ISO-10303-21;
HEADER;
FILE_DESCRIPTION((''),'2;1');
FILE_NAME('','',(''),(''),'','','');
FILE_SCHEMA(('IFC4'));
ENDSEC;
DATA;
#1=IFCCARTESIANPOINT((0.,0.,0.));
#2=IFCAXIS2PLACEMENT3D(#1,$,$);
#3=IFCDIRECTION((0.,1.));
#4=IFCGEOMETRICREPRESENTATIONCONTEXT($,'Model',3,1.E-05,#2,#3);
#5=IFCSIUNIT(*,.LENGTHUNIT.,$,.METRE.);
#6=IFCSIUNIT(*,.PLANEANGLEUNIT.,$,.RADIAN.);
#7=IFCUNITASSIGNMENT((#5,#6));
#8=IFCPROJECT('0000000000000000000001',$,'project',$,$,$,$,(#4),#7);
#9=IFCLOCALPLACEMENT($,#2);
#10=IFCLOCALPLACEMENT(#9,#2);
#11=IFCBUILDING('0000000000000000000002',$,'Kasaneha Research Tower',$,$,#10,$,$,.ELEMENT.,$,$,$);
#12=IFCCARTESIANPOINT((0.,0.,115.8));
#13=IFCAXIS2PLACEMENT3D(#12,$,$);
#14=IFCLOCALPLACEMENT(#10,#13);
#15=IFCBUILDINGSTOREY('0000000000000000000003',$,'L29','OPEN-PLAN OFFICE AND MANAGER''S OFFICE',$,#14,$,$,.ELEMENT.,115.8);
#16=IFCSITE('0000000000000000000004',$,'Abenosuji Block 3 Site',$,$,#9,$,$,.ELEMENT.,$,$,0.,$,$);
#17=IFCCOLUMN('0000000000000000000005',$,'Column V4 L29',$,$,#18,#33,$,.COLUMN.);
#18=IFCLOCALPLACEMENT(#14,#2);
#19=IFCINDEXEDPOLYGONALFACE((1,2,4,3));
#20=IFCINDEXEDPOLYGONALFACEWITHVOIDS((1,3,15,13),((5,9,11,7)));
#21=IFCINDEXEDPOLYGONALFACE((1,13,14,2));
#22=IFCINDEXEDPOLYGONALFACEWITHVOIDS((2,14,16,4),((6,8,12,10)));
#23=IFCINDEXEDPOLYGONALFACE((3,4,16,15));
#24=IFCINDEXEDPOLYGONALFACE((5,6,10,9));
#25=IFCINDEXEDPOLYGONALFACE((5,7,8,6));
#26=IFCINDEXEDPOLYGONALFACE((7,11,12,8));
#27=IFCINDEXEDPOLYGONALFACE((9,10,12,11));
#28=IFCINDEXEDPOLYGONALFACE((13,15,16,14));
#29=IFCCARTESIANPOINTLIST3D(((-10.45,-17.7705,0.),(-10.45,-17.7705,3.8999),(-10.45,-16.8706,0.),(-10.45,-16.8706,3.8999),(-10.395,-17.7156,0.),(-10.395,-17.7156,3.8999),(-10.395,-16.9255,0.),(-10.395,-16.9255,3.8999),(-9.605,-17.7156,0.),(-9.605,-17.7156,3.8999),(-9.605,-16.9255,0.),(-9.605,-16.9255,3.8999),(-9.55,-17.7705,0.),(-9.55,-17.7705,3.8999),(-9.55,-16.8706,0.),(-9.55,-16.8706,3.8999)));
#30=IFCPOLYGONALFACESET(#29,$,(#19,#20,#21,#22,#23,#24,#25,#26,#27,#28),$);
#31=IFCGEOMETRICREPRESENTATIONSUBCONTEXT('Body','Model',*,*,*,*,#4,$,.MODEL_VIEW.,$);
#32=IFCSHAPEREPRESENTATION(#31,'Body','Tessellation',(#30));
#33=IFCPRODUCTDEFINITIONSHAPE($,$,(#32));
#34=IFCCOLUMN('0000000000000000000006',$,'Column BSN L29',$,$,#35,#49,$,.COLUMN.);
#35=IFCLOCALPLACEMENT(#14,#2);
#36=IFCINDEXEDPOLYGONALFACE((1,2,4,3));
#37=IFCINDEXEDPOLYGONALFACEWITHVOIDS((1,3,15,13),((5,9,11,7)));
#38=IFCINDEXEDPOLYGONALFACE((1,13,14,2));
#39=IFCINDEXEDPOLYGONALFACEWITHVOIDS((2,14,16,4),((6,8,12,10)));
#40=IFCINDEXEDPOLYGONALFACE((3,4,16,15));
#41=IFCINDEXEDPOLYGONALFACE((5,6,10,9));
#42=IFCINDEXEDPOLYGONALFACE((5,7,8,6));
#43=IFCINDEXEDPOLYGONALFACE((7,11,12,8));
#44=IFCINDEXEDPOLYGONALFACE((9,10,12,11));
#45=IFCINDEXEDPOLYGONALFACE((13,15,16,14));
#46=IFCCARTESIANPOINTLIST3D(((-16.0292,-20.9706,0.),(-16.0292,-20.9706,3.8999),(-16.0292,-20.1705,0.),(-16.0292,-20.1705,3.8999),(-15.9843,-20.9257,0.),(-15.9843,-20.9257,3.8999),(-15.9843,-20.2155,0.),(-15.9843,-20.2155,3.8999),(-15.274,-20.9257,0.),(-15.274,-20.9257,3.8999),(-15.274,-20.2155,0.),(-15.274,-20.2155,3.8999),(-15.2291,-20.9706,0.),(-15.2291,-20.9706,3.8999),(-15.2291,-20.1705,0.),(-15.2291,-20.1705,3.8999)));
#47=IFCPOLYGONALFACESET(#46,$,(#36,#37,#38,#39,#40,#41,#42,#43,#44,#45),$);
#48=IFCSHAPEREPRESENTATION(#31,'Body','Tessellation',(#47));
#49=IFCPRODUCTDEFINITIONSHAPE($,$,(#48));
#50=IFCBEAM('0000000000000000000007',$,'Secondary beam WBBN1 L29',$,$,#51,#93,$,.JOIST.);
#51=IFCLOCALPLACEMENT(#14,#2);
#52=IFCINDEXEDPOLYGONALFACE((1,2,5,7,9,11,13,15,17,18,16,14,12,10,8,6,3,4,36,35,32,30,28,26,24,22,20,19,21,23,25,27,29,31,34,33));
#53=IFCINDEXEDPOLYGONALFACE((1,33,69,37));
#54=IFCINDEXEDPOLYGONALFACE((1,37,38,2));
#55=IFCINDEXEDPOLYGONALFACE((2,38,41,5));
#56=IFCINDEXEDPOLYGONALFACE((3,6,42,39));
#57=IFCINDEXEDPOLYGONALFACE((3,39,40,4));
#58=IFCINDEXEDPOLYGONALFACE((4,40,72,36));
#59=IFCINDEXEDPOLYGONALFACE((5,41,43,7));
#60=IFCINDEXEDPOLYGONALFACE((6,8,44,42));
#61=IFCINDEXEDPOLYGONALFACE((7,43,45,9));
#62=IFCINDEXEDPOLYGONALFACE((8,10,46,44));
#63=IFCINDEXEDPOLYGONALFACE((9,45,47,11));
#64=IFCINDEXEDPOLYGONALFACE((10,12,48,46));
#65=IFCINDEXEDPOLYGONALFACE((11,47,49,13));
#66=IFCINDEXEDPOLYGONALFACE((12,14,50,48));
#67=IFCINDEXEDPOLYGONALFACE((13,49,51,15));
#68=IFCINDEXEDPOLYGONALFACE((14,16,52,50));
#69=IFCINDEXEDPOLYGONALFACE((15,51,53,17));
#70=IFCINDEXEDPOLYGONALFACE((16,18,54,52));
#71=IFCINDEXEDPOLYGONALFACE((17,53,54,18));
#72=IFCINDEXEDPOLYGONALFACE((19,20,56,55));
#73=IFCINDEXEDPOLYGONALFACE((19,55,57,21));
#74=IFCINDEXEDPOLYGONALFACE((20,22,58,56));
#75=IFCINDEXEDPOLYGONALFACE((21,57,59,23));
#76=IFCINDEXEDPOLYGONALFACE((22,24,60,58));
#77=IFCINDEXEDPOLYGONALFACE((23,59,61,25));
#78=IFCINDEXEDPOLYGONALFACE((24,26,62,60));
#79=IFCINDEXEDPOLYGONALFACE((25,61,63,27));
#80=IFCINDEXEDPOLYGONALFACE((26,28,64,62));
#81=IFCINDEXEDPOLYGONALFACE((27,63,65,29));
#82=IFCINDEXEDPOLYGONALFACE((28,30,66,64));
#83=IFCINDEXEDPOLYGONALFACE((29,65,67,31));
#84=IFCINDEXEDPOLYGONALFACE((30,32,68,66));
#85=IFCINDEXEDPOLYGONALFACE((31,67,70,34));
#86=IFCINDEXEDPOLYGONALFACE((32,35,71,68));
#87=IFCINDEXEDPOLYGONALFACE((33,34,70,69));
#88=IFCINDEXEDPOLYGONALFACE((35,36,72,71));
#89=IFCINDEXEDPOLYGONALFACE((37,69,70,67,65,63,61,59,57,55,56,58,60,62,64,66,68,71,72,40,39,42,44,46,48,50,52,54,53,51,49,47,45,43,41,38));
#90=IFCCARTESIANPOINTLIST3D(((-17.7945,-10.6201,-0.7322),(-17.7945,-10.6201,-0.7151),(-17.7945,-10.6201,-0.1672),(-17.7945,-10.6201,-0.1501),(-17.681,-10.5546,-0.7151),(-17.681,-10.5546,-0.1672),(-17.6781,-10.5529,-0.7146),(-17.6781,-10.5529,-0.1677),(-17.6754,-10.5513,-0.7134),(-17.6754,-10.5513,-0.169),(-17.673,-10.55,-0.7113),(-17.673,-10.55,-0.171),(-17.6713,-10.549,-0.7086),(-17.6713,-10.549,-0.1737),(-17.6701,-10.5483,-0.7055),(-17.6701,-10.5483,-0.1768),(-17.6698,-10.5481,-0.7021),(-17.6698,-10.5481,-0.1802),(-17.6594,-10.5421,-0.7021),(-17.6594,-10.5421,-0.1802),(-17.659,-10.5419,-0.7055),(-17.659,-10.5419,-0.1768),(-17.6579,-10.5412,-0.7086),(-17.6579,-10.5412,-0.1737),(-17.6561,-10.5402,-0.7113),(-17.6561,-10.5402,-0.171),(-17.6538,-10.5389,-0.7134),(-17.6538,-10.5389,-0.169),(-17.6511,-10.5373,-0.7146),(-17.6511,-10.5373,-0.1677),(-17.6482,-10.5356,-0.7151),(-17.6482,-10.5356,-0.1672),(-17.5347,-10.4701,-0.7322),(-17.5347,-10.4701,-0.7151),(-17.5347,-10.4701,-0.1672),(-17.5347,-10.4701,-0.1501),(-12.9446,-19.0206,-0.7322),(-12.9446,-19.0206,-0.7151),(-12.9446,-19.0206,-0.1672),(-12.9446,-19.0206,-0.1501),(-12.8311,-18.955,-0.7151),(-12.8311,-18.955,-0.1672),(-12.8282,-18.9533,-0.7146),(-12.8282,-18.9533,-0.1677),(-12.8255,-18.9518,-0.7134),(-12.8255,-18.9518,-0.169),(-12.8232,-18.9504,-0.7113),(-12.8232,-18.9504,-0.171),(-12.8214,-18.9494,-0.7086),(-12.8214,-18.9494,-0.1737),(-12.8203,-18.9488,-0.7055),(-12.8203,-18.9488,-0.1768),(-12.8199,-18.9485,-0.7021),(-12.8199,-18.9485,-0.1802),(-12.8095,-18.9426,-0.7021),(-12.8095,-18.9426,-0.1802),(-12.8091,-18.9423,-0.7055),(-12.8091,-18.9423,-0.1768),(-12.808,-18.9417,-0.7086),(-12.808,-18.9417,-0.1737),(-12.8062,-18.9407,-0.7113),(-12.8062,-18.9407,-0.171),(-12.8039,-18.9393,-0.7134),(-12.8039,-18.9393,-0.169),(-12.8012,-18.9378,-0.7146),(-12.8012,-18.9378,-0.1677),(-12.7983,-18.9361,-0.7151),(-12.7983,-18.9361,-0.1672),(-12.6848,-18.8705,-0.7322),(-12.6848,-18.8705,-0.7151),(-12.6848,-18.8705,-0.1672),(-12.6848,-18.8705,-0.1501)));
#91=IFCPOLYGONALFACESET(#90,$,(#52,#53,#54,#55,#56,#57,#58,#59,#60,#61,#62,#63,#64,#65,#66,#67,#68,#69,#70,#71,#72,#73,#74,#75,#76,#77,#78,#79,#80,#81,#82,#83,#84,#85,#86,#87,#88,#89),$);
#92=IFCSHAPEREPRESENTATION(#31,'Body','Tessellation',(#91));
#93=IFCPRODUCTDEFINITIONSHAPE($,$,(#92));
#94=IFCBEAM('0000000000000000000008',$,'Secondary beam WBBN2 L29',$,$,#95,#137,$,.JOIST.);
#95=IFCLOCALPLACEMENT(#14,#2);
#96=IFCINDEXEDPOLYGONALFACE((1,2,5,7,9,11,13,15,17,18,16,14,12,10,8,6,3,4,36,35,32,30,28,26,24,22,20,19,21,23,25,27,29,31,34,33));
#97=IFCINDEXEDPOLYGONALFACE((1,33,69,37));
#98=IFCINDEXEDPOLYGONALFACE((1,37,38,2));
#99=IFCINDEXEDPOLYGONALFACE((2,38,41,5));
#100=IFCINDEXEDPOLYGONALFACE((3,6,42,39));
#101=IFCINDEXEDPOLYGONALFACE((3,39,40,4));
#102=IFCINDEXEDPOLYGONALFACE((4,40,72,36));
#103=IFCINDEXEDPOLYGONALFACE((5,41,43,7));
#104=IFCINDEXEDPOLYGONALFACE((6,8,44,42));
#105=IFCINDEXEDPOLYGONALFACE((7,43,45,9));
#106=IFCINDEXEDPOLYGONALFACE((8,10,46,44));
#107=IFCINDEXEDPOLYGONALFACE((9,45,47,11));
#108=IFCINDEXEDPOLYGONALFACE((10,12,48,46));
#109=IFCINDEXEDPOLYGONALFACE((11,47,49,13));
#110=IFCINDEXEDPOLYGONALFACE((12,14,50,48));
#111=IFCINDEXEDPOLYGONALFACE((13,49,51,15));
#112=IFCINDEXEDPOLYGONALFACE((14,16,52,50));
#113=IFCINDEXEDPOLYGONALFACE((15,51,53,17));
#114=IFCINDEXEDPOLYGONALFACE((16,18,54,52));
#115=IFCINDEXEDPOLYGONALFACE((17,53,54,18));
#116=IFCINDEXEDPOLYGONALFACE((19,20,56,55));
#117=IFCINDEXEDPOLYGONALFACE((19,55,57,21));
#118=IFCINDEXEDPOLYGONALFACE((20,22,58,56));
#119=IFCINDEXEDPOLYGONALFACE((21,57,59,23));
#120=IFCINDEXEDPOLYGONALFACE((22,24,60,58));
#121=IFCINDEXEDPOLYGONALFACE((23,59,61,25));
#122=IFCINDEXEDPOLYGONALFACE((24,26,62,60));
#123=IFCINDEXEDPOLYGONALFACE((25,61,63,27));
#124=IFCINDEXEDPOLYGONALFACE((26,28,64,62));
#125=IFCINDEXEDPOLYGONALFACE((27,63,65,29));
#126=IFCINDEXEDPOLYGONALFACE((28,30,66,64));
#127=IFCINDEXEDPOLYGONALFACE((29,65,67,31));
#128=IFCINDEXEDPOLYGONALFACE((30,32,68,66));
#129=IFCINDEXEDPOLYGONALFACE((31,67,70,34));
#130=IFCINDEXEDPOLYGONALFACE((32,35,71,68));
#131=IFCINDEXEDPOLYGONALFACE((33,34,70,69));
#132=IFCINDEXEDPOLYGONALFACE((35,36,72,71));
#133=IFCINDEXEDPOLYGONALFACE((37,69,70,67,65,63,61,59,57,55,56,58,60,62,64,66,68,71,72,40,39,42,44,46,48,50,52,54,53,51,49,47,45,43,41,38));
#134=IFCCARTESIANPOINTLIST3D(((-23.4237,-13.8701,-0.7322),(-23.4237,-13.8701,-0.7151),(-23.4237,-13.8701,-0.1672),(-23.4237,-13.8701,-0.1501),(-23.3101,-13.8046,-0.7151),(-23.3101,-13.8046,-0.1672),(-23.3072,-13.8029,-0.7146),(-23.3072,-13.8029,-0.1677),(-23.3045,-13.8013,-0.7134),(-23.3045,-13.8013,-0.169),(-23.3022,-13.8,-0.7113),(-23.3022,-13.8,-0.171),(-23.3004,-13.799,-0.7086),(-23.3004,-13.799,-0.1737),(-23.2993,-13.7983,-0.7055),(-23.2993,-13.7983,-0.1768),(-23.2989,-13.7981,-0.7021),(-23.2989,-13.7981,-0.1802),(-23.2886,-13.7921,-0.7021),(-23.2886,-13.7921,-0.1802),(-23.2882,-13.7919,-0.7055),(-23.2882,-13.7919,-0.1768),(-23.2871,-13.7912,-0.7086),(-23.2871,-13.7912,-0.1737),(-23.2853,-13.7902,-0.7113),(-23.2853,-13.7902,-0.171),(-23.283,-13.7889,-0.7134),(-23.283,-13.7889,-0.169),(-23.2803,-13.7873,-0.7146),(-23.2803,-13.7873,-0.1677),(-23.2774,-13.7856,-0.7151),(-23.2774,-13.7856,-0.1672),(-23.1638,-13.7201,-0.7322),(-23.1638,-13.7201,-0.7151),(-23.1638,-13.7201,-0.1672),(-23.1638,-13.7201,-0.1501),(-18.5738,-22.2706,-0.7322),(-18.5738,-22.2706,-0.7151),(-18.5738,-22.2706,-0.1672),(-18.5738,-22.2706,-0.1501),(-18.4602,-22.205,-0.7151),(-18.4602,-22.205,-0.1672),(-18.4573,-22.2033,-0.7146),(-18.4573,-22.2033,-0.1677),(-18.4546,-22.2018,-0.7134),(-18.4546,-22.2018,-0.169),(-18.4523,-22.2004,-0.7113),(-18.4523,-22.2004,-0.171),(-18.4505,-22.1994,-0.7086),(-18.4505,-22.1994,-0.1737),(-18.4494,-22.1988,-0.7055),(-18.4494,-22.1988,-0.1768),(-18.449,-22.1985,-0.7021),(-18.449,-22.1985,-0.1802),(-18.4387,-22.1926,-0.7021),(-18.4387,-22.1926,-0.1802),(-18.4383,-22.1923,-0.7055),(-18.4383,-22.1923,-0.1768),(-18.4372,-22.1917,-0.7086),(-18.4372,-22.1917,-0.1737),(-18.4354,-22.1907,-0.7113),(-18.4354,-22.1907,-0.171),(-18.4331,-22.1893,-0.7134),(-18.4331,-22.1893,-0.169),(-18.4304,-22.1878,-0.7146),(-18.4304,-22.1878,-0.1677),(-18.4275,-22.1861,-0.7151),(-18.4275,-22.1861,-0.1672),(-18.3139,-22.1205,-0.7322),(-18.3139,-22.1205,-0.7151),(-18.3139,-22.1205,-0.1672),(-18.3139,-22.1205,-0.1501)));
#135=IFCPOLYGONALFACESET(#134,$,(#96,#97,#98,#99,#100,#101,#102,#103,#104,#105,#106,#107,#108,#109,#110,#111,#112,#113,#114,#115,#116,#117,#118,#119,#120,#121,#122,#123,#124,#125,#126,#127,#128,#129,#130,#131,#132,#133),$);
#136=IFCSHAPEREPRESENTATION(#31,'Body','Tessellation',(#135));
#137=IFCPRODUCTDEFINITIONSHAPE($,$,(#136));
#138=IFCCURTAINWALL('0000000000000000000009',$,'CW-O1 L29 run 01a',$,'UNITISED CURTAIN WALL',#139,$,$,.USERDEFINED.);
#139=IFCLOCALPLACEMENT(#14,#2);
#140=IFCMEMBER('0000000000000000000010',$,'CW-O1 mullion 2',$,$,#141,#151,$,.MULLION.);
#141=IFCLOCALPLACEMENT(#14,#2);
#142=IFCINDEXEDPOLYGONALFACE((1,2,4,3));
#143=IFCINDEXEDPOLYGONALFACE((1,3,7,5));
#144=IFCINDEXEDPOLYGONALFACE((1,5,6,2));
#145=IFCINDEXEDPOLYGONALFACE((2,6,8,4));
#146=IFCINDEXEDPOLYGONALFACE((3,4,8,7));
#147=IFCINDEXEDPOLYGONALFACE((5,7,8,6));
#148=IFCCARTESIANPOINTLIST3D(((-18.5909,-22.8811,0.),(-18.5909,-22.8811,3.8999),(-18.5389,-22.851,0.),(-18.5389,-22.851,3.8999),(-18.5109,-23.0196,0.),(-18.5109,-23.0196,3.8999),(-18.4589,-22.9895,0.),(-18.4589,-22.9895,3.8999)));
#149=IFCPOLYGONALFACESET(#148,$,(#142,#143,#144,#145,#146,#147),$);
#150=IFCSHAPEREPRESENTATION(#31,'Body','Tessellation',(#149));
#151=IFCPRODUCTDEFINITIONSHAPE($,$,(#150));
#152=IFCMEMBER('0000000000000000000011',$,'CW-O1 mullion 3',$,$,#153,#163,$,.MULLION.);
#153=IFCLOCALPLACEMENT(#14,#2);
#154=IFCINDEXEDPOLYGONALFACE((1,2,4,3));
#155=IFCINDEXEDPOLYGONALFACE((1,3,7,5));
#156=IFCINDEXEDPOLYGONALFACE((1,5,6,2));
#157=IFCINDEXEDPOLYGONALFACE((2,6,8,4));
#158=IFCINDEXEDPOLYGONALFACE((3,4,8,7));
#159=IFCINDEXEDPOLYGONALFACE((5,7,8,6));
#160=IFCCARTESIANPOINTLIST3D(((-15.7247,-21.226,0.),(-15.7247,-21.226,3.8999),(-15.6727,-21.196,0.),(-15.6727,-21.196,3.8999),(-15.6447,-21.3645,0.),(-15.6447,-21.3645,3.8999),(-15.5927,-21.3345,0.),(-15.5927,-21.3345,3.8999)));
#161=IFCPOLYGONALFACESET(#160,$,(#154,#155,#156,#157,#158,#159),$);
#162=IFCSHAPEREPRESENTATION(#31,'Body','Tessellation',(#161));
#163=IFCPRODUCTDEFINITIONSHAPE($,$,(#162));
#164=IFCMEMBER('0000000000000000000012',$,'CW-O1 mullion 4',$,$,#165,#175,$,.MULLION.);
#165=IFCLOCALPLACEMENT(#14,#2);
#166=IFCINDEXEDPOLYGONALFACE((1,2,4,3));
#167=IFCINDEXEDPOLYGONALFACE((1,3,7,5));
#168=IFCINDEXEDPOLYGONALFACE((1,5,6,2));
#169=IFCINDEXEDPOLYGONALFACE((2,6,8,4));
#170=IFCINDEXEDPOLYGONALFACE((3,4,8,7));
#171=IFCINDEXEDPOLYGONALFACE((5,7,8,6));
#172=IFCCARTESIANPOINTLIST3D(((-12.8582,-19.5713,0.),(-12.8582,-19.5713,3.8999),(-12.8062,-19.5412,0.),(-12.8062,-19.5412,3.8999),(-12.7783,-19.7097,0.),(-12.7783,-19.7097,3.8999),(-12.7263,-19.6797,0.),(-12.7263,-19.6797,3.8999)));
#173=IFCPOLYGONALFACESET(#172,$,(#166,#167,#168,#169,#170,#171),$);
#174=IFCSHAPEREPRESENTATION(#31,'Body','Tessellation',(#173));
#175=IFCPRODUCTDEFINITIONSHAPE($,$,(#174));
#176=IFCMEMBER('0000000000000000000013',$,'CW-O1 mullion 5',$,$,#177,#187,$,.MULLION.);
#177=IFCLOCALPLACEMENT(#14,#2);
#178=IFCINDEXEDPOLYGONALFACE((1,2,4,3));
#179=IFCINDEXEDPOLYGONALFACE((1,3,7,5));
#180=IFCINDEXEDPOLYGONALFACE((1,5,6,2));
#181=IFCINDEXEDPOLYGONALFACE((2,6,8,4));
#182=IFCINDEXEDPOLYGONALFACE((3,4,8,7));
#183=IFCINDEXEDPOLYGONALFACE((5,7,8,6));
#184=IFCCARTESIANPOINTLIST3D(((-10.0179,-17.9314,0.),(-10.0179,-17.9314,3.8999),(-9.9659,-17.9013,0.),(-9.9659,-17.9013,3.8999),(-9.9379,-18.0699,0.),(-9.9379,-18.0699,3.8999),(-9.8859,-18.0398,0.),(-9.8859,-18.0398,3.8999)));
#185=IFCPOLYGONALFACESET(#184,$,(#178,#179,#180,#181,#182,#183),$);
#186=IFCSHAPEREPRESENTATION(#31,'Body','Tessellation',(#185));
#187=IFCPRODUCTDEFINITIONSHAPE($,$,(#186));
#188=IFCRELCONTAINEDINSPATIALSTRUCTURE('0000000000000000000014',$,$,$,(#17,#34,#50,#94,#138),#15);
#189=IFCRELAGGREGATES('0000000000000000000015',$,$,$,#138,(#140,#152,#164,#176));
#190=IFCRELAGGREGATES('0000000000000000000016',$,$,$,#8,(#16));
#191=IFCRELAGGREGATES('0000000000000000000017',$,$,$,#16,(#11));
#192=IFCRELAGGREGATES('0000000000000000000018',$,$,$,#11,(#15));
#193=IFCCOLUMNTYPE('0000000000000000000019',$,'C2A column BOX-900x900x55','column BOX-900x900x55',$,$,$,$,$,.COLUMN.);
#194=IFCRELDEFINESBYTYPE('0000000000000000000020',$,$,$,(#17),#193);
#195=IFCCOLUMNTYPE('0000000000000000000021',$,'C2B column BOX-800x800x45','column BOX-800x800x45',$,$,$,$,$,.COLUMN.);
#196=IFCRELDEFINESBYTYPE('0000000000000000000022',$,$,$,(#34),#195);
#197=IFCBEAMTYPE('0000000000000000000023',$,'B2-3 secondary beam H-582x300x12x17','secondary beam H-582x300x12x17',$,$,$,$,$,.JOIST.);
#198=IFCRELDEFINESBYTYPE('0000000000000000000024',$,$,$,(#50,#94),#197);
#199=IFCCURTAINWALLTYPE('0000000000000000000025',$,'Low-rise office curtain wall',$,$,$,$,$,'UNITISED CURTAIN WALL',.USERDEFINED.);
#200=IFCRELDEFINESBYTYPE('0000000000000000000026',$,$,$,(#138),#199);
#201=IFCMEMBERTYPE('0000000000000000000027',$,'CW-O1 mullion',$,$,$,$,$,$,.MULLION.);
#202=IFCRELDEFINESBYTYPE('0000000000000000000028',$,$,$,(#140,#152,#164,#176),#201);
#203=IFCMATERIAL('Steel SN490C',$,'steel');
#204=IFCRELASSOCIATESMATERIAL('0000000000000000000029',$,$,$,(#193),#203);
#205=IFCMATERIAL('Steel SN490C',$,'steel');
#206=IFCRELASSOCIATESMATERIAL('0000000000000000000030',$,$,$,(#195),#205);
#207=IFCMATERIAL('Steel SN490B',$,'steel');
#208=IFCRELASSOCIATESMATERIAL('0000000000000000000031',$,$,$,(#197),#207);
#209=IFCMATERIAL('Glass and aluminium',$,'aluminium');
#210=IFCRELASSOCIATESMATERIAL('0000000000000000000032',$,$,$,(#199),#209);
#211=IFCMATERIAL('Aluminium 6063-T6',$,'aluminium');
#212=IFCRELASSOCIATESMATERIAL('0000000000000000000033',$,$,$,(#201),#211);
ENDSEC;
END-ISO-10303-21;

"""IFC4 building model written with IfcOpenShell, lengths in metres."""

from ifc_helpers import new_model, si_unit, direction, frame, origin, origin_2d, place, context, subcontext, project, spatial, rectangle, hollow_rectangle, i_section, extrude, material, material_profile, profile_set, type_object, element, aggregate, save


model = new_model("IFC4")

# Units and contexts
model_context = context("Model", 3, precision=1e-05, world=origin(), true_north=direction((0.0, 1.0)))
body_context = subcontext(model_context, "Body", "Model", "MODEL_VIEW")
ifc_project = project(units=[si_unit("LENGTHUNIT", "METRE"), si_unit("PLANEANGLEUNIT", "RADIAN")], contexts=[model_context])

# Site, building, storey
site_placement = place(None, origin())
site = spatial("IfcSite", under=ifc_project, at=site_placement, Name="Abenosuji Block 3 Site", CompositionType="ELEMENT", RefElevation=0.0)
building_placement = place(site_placement, origin())
building = spatial("IfcBuilding", under=site, at=building_placement, Name="Kasaneha Research Tower", CompositionType="ELEMENT")
storey_placement = place(building_placement, frame((0.0, 0.0, 115.8)))
storey = spatial("IfcBuildingStorey", under=building, at=storey_placement, Name="L29", Description="OPEN-PLAN OFFICE AND MANAGER'S OFFICE", CompositionType="ELEMENT", Elevation=115.8)

# Columns
ifc_material_1 = material(Name="Steel SN490C", Category="steel")
ifc_material_profile_1 = material_profile(ifc_material_1, hollow_rectangle(XDim=0.8999, YDim=0.8999, WallThickness=0.0549, at=origin_2d()), Name="BOX-900x900x55")
ifc_profile_set_1 = profile_set([ifc_material_profile_1], Name="Steel SN490C")
column_type_1 = type_object("IfcColumnType", Name="C2A column BOX-900x900x55", Description="column BOX-900x900x55", PredefinedType="COLUMN", material=ifc_profile_set_1)
column_1_placement = place(storey_placement, frame((-10.0, -17.3206, 0.0), z_axis=(0.0, 0.0, 1.0), x_axis=(1.0, 0.0, 0.0)))
element("IfcColumn", 1, at=column_1_placement, inside=storey, type_object=column_type_1, Name="Column V4 L29", PredefinedType="COLUMN", context=body_context, shape_type="SweptSolid", body=[
    extrude(hollow_rectangle(XDim=0.8999, YDim=0.8999, WallThickness=0.0549, at=origin_2d()), origin(), (0.0, 0.0, 1.0), 3.8999),
])
ifc_material_2 = material(Name="Steel SN490C", Category="steel")
ifc_material_profile_2 = material_profile(ifc_material_2, hollow_rectangle(XDim=0.8, YDim=0.8, WallThickness=0.0449, at=origin_2d()), Name="BOX-800x800x45")
ifc_profile_set_2 = profile_set([ifc_material_profile_2], Name="Steel SN490C")
column_type_2 = type_object("IfcColumnType", Name="C2B column BOX-800x800x45", Description="column BOX-800x800x45", PredefinedType="COLUMN", material=ifc_profile_set_2)
column_2_placement = place(storey_placement, frame((-15.6292, -20.5706, 0.0), z_axis=(0.0, 0.0, 1.0), x_axis=(1.0, 0.0, 0.0)))
element("IfcColumn", 2, at=column_2_placement, inside=storey, type_object=column_type_2, Name="Column BSN L29", PredefinedType="COLUMN", context=body_context, shape_type="SweptSolid", body=[
    extrude(hollow_rectangle(XDim=0.8, YDim=0.8, WallThickness=0.0449, at=origin_2d()), origin(), (0.0, 0.0, 1.0), 3.8999),
])

# Beams
ifc_material_3 = material(Name="Steel SN490B", Category="steel")
ifc_material_profile_3 = material_profile(ifc_material_3, i_section(OverallWidth=0.3, OverallDepth=0.582, WebThickness=0.012, FlangeThickness=0.0171, FilletRadius=0.0129, at=origin_2d()), Name="H-582x300x12x17")
ifc_profile_set_3 = profile_set([ifc_material_profile_3], Name="Steel SN490B")
beam_type_1 = type_object("IfcBeamType", Name="B2-3 secondary beam H-582x300x12x17", Description="secondary beam H-582x300x12x17", PredefinedType="JOIST", material=ifc_profile_set_3)
for number, where, z_axis, x_axis, name in (
    (3, (-12.8147, -18.9456, -0.4412), (-0.499991, 0.866031, 0.0), (-0.866031, -0.499991, 0.0), "Secondary beam WBBN1 L29"),
    (4, (-18.4438, -22.1956, -0.4412), (-0.499991, 0.866031, 0.0), (-0.866031, -0.499991, 0.0), "Secondary beam WBBN2 L29"),
):
    element("IfcBeam", number, at=place(storey_placement, frame(where, z_axis=z_axis, x_axis=x_axis)), inside=storey, type_object=beam_type_1, Name=name, PredefinedType="JOIST", context=body_context, shape_type="SweptSolid", body=[
        extrude(i_section(OverallWidth=0.3, OverallDepth=0.582, WebThickness=0.012, FlangeThickness=0.0171, FilletRadius=0.0129, at=origin_2d()), origin(), (0.0, 0.0, 1.0), 9.7),
    ])

# Curtain wall, members
ifc_material_4 = material(Name="Glass and aluminium", Category="aluminium")
curtain_wall_type = type_object("IfcCurtainWallType", Name="Low-rise office curtain wall", ElementType="UNITISED CURTAIN WALL", PredefinedType="USERDEFINED", material=ifc_material_4)
curtain_wall_1_placement = place(storey_placement, origin())
curtain_wall_1 = element("IfcCurtainWall", 5, at=curtain_wall_1_placement, inside=storey, type_object=curtain_wall_type, Name="CW-O1 L29 run 01a", ObjectType="UNITISED CURTAIN WALL", PredefinedType="USERDEFINED")
ifc_material_5 = material(Name="Aluminium 6063-T6", Category="aluminium")
ifc_material_profile_4 = material_profile(ifc_material_5, rectangle(XDim=0.0601, YDim=0.1599, at=origin_2d()), Name="CW-O1 mullion 60x160")
ifc_profile_set_4 = profile_set([ifc_material_profile_4], Name="Aluminium 6063-T6")
member_type_1 = type_object("IfcMemberType", Name="CW-O1 mullion", PredefinedType="MULLION", material=ifc_profile_set_4)
member_1_placement = place(storey_placement, frame((-18.5249, -22.9353, 0.0), z_axis=(0.0, 0.0, 1.0), x_axis=(0.866025, 0.5, 0.0)))
member_1 = element("IfcMember", 6, at=member_1_placement, type_object=member_type_1, Name="CW-O1 mullion 2", PredefinedType="MULLION", context=body_context, shape_type="SweptSolid", body=[
    extrude(rectangle(XDim=0.0601, YDim=0.1599, at=origin_2d()), origin(), (0.0, 0.0, 1.0), 3.8999),
])
member_2_placement = place(storey_placement, frame((-15.6587, -21.2803, 0.0), z_axis=(0.0, 0.0, 1.0), x_axis=(0.866025, 0.5, 0.0)))
member_2 = element("IfcMember", 7, at=member_2_placement, type_object=member_type_1, Name="CW-O1 mullion 3", PredefinedType="MULLION", context=body_context, shape_type="SweptSolid", body=[
    extrude(rectangle(XDim=0.0601, YDim=0.1599, at=origin_2d()), origin(), (0.0, 0.0, 1.0), 3.8999),
])
member_3_placement = place(storey_placement, frame((-12.7922, -19.6255, 0.0), z_axis=(0.0, 0.0, 1.0), x_axis=(0.866025, 0.5, 0.0)))
member_3 = element("IfcMember", 8, at=member_3_placement, type_object=member_type_1, Name="CW-O1 mullion 4", PredefinedType="MULLION", context=body_context, shape_type="SweptSolid", body=[
    extrude(rectangle(XDim=0.0601, YDim=0.1599, at=origin_2d()), origin(), (0.0, 0.0, 1.0), 3.8999),
])
member_4_placement = place(storey_placement, frame((-9.9519, -17.9856, 0.0), z_axis=(0.0, 0.0, 1.0), x_axis=(0.866025, 0.5, 0.0)))
member_4 = element("IfcMember", 9, at=member_4_placement, type_object=member_type_1, Name="CW-O1 mullion 5", PredefinedType="MULLION", context=body_context, shape_type="SweptSolid", body=[
    extrude(rectangle(XDim=0.0601, YDim=0.1599, at=origin_2d()), origin(), (0.0, 0.0, 1.0), 3.8999),
])

aggregate(curtain_wall_1, [member_1, member_2, member_3, member_4])

save(model, "model.ifc")
